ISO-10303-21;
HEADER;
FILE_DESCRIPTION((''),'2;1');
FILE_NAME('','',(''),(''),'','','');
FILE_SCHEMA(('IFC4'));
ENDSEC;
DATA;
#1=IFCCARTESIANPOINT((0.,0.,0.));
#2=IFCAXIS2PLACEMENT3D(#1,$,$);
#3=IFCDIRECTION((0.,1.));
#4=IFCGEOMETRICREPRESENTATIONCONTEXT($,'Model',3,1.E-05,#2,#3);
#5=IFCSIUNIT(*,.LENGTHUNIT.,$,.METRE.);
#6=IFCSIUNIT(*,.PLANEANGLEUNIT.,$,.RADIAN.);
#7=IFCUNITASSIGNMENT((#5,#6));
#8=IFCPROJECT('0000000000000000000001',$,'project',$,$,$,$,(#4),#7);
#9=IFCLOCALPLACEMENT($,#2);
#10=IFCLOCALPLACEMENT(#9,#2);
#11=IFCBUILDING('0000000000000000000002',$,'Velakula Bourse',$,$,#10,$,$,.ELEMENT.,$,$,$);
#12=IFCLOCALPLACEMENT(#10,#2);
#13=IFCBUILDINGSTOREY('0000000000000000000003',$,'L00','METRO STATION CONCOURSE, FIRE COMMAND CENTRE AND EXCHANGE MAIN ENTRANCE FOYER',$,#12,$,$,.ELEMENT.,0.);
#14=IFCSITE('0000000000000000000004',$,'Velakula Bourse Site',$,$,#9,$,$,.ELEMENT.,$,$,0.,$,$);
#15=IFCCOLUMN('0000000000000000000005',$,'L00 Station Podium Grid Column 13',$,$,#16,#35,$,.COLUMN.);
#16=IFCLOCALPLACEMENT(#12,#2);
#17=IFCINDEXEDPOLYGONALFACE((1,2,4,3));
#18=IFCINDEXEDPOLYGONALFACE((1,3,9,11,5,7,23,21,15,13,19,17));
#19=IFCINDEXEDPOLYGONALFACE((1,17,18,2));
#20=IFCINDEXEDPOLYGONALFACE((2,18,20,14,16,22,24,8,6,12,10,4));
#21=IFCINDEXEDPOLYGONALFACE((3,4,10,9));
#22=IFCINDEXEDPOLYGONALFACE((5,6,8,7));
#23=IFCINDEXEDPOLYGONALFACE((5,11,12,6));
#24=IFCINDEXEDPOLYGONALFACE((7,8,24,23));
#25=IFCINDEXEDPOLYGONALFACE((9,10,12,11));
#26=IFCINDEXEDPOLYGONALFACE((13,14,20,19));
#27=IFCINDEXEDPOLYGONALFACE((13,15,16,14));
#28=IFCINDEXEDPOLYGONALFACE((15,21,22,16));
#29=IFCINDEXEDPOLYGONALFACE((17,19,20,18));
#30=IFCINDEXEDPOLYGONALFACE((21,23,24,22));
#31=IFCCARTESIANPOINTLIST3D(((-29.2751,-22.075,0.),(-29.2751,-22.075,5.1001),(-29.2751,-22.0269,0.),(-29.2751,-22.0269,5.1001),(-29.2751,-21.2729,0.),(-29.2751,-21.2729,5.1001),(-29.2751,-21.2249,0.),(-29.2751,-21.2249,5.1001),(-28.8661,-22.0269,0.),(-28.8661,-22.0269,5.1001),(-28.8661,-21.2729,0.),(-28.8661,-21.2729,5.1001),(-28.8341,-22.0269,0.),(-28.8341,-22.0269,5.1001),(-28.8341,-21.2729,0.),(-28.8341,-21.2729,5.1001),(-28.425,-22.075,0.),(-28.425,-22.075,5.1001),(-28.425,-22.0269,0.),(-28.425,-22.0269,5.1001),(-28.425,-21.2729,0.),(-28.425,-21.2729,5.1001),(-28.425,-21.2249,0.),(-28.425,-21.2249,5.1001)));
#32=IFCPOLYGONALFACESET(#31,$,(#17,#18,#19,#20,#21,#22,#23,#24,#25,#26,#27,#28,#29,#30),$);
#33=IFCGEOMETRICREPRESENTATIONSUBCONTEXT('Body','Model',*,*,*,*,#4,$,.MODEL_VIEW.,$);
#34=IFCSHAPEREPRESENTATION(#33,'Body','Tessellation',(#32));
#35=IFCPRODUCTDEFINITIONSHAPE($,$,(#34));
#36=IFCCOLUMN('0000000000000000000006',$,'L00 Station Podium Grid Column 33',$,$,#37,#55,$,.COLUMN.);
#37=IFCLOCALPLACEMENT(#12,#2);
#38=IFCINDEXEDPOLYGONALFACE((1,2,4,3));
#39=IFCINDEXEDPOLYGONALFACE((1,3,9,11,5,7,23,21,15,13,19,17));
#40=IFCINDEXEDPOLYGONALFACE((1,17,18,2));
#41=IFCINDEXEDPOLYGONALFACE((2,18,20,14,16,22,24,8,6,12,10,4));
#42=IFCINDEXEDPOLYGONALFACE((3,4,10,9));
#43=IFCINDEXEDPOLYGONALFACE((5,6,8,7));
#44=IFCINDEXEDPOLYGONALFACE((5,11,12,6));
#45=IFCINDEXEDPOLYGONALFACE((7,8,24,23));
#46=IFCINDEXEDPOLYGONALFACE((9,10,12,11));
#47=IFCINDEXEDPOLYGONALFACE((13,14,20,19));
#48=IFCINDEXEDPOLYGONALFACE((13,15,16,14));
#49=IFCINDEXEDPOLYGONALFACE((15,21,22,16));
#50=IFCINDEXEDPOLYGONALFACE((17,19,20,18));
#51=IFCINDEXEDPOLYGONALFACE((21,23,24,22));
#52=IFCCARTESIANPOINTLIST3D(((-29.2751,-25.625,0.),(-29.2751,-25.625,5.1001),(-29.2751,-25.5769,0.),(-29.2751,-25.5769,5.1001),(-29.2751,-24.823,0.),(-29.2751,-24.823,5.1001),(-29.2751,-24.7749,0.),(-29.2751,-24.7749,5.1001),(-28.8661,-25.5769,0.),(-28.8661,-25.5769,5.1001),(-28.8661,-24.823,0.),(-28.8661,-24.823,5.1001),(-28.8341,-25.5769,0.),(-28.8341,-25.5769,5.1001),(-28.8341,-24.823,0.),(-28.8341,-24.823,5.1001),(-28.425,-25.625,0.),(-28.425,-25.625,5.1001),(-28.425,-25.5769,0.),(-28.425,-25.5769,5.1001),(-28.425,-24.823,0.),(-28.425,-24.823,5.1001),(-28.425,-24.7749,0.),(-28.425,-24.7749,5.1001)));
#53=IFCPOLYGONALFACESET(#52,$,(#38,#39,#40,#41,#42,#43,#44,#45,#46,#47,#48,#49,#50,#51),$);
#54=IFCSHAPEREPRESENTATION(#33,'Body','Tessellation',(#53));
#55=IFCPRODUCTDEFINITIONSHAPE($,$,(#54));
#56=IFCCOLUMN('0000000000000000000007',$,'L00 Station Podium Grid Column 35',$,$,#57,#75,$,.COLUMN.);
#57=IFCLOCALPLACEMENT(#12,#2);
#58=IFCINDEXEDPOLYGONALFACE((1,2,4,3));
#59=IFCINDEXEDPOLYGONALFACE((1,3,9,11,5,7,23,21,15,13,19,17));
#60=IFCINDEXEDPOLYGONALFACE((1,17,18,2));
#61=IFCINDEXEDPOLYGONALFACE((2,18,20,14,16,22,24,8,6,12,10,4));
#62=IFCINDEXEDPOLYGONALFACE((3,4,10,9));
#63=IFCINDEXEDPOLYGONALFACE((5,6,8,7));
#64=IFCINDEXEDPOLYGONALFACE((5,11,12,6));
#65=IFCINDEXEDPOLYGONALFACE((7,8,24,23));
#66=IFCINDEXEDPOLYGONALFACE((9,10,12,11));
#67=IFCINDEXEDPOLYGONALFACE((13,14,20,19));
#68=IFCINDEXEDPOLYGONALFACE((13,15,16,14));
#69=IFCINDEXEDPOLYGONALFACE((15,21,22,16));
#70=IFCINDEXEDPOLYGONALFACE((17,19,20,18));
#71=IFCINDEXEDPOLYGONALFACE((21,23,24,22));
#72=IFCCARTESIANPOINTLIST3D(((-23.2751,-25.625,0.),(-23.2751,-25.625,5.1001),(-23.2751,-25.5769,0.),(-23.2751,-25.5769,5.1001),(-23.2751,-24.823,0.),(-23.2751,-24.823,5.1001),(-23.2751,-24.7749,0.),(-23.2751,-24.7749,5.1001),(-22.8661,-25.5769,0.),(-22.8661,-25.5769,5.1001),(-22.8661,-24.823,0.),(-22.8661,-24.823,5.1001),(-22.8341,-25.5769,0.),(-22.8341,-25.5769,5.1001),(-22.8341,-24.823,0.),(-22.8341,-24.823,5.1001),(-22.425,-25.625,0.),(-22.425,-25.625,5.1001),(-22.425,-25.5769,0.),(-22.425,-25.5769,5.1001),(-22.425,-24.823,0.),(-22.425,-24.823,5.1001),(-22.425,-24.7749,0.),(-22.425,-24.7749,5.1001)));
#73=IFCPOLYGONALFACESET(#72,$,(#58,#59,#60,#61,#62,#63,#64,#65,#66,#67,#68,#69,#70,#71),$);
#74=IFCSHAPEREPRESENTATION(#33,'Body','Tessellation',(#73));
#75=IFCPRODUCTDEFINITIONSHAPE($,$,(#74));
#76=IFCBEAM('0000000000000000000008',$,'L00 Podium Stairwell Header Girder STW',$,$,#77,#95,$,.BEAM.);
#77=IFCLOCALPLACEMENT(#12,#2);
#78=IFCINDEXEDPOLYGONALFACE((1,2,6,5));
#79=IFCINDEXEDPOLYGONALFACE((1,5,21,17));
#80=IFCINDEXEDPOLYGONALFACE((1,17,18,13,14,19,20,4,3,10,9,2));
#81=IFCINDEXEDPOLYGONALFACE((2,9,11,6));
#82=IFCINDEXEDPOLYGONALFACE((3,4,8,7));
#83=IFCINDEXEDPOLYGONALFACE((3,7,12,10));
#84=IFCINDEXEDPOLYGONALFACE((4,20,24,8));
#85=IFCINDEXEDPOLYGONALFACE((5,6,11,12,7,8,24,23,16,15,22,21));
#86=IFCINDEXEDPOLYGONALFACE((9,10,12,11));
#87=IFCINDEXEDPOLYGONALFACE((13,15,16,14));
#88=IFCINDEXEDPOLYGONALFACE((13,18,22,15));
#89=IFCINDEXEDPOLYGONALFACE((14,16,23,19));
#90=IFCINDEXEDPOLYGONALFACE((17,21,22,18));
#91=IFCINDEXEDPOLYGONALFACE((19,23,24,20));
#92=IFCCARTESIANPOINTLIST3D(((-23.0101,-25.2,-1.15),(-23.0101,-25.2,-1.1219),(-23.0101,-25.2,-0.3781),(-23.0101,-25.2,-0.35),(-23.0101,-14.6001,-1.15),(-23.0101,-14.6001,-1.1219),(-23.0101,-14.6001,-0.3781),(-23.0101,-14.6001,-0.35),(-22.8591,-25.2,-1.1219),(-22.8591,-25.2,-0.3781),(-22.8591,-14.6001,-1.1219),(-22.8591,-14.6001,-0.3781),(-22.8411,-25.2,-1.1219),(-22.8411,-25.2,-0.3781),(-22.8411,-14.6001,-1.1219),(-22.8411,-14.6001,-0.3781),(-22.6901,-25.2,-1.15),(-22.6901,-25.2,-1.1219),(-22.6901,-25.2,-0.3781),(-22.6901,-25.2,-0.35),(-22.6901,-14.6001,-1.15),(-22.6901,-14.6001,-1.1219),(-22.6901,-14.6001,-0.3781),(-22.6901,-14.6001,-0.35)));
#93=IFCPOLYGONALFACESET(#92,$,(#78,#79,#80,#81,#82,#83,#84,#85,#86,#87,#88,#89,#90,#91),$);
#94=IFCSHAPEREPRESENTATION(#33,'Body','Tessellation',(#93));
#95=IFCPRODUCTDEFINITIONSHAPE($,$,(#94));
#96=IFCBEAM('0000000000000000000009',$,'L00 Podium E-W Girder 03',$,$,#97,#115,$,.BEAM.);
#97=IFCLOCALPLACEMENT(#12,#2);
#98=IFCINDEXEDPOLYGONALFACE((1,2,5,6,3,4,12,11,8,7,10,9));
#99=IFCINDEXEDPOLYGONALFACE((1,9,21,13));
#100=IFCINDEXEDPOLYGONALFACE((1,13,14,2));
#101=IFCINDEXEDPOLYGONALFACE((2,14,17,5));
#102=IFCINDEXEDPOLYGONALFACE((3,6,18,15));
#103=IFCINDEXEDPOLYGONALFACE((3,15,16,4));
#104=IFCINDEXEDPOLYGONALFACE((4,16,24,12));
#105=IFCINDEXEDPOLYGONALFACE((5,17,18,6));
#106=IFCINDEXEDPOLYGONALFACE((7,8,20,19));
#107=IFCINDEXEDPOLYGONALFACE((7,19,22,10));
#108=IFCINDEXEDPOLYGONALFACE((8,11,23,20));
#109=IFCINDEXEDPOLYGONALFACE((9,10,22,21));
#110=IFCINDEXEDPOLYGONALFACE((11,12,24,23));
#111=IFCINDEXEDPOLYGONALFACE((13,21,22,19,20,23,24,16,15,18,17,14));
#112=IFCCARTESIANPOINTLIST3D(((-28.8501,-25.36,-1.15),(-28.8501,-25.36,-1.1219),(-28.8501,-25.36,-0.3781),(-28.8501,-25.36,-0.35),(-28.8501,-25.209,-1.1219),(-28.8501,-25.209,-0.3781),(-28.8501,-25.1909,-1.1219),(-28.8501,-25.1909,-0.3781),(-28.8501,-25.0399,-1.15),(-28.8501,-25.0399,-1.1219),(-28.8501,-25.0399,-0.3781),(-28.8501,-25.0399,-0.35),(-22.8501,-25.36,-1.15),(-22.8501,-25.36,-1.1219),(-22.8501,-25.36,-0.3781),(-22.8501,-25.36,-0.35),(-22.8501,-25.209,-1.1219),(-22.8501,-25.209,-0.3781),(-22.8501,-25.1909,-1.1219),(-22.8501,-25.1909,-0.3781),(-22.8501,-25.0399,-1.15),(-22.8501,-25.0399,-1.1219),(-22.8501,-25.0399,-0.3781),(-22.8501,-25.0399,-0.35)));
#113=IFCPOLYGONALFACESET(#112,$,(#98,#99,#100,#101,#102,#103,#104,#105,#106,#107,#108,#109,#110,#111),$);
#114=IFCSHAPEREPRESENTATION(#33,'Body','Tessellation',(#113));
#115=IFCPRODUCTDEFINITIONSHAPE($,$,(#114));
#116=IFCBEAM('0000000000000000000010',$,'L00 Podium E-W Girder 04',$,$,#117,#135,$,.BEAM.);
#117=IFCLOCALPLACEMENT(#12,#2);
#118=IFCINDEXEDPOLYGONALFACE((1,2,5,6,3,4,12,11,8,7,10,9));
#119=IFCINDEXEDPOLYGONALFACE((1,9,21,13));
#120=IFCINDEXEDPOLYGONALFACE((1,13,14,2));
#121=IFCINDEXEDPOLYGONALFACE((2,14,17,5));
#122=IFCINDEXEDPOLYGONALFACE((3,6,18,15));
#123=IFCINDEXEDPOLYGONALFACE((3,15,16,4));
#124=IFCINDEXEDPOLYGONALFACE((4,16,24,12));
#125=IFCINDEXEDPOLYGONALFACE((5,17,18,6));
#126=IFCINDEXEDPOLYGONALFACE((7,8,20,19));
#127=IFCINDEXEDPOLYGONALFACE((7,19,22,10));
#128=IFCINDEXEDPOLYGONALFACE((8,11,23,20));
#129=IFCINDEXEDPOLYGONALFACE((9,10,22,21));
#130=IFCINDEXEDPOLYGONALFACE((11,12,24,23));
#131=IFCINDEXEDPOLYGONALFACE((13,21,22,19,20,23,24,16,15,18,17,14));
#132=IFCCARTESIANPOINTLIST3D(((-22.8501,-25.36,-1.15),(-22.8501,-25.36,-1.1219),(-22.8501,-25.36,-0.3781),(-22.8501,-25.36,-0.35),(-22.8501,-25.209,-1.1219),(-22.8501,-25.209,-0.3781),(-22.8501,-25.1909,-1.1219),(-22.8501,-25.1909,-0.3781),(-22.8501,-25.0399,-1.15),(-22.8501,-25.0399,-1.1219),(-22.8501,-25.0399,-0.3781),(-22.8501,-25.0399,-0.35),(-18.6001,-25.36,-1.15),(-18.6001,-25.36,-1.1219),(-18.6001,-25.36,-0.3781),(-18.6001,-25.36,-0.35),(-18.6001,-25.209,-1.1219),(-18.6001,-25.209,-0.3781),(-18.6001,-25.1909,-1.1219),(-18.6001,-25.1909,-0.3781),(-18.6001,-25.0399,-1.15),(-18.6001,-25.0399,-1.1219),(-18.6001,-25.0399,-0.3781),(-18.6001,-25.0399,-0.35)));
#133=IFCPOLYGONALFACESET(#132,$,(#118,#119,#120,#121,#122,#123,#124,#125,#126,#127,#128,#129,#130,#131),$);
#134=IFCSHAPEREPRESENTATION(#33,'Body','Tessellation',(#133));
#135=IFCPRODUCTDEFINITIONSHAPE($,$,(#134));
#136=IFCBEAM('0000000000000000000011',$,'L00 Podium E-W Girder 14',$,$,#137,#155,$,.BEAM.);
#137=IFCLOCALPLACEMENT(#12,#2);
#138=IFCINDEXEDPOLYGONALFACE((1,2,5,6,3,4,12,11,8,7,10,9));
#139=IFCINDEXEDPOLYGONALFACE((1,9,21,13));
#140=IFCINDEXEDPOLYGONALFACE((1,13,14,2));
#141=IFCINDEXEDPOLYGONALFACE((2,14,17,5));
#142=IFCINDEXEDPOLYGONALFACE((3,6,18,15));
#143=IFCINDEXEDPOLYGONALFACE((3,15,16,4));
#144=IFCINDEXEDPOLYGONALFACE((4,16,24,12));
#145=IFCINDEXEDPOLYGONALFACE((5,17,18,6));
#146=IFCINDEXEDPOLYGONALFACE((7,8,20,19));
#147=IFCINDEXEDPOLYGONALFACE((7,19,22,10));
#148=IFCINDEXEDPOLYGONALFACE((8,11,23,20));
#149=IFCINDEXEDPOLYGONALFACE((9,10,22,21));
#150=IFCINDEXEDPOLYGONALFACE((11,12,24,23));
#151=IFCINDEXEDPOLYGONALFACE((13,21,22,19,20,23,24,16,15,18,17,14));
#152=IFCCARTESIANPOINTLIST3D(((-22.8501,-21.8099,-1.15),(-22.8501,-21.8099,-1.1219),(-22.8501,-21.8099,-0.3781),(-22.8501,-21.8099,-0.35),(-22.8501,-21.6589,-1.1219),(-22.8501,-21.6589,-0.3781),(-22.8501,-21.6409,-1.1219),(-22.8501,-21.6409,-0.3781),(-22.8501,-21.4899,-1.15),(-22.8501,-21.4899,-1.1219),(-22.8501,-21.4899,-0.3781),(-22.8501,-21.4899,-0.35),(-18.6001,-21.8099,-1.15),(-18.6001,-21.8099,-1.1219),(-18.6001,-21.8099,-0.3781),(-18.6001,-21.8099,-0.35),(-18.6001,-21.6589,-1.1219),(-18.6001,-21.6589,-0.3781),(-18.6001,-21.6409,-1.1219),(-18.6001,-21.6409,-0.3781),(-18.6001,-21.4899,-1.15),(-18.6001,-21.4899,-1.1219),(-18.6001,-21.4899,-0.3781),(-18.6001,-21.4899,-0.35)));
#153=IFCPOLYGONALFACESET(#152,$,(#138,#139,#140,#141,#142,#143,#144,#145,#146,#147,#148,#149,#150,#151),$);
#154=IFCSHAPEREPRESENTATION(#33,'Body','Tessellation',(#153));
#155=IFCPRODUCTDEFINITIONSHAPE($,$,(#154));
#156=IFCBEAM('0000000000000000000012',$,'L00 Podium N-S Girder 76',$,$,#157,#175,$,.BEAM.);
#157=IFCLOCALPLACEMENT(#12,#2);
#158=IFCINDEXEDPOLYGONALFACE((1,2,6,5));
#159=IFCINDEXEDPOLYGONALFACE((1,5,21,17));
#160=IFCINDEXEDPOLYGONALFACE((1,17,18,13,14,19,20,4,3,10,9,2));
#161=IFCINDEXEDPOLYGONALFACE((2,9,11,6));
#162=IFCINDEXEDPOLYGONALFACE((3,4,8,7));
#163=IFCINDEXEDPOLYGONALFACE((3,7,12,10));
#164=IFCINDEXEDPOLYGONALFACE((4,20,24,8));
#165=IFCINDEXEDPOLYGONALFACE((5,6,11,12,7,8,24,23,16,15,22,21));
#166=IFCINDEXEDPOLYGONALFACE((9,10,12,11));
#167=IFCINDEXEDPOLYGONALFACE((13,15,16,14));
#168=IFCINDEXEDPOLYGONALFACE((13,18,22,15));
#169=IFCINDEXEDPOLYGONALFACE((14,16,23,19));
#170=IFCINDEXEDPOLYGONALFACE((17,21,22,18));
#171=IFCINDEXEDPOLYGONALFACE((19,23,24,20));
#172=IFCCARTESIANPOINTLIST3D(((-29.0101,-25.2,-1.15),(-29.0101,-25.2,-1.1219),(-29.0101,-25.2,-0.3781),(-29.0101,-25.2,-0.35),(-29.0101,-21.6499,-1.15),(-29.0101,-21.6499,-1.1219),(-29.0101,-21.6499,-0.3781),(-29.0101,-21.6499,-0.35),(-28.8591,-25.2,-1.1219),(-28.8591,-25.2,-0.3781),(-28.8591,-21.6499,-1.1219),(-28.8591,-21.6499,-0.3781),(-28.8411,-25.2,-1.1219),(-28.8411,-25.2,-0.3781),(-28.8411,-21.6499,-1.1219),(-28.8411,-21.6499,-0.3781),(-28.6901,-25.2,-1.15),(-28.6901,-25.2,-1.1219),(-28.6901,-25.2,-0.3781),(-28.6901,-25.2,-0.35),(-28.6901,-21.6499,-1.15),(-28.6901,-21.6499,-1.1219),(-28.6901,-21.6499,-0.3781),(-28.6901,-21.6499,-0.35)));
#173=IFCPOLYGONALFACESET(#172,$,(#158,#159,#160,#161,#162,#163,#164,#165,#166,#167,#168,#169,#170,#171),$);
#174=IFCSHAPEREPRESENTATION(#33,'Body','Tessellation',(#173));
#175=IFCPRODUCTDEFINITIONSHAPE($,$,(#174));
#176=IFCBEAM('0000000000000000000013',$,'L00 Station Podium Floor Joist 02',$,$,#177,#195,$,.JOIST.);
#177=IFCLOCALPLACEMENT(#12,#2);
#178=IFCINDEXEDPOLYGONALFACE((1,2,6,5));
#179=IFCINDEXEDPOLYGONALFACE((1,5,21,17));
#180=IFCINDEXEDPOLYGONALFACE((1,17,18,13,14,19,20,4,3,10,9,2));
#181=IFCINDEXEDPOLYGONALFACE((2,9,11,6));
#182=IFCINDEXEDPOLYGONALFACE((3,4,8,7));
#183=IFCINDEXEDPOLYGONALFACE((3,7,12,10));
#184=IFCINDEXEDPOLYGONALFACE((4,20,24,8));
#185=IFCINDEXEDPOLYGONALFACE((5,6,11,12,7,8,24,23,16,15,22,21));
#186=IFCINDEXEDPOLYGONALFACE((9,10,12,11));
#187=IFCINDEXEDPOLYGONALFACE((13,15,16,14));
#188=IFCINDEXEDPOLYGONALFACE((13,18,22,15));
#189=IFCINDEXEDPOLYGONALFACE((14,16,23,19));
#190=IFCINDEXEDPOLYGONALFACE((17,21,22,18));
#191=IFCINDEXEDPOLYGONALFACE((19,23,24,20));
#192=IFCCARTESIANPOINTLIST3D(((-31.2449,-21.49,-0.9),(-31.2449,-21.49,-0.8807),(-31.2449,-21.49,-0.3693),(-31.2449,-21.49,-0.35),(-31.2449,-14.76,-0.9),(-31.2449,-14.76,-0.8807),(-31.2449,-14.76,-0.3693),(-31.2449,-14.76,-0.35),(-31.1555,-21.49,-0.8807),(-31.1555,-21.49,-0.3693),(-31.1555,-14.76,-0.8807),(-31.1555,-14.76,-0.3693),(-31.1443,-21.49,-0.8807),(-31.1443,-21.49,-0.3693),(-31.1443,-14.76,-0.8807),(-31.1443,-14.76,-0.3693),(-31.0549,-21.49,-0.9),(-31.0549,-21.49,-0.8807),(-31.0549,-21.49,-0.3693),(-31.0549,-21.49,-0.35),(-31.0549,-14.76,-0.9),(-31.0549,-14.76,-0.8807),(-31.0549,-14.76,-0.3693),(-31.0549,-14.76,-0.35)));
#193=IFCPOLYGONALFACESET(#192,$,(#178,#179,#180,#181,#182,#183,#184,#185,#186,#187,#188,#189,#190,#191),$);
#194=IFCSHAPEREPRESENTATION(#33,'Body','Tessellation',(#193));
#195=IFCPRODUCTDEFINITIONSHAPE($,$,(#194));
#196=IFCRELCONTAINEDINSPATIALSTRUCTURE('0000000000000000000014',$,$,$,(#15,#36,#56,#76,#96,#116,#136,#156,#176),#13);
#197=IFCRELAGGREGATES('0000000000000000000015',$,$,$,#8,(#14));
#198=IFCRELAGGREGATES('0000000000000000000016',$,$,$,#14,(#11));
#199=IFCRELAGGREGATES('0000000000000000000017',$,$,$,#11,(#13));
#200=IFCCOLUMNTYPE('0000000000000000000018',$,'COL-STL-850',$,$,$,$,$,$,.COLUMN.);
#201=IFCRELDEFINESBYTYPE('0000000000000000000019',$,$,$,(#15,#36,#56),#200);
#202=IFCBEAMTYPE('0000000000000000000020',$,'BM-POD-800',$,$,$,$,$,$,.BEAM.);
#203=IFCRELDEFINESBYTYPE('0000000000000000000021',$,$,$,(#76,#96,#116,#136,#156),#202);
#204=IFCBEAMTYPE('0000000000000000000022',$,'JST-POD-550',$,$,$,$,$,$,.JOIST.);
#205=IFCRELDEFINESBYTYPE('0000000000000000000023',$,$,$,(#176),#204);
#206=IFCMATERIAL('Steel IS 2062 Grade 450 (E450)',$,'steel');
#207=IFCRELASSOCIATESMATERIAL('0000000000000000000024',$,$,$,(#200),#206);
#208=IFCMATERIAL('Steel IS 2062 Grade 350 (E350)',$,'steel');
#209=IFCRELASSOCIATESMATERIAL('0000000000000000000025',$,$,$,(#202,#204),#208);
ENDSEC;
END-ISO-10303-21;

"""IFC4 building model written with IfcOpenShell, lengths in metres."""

from ifc_helpers import new_model, si_unit, direction, frame, origin, origin_2d, place, context, subcontext, project, spatial, i_section, extrude, material, material_profile, profile_set, type_object, element, save


model = new_model("IFC4")

# Units and contexts
model_context = context("Model", 3, precision=1e-05, world=origin(), true_north=direction((0.0, 1.0)))
body_context = subcontext(model_context, "Body", "Model", "MODEL_VIEW")
ifc_project = project(units=[si_unit("LENGTHUNIT", "METRE"), si_unit("PLANEANGLEUNIT", "RADIAN")], contexts=[model_context])

# Site, building, storey
site_placement = place(None, origin())
site = spatial("IfcSite", under=ifc_project, at=site_placement, Name="Velakula Bourse Site", CompositionType="ELEMENT", RefElevation=0.0)
building_placement = place(site_placement, origin())
building = spatial("IfcBuilding", under=site, at=building_placement, Name="Velakula Bourse", CompositionType="ELEMENT")
storey_placement = place(building_placement, origin())
storey = spatial("IfcBuildingStorey", under=building, at=storey_placement, Name="L00", Description="METRO STATION CONCOURSE, FIRE COMMAND CENTRE AND EXCHANGE MAIN ENTRANCE FOYER", CompositionType="ELEMENT", Elevation=0.0)

# Columns
ifc_material_1 = material(Name="Steel IS 2062 Grade 450 (E450)", Category="steel")
ifc_material_profile_1 = material_profile(ifc_material_1, i_section(OverallWidth=0.8501, OverallDepth=0.8501, WebThickness=0.032, FlangeThickness=0.0481, at=origin_2d()), Name="Steel IS 2062 Grade 450 (E450)")
ifc_profile_set_1 = profile_set([ifc_material_profile_1], Name="Steel IS 2062 Grade 450 (E450)")
column_type = type_object("IfcColumnType", Name="COL-STL-850", PredefinedType="COLUMN", material=ifc_profile_set_1)
for number, where, z_axis, x_axis, name in (
    (1, (-28.8501, -21.6499, 0.0), (0.0, 0.0, 1.0), (1.0, 0.0, 0.0), "L00 Station Podium Grid Column 13"),
    (2, (-28.8501, -25.2, 0.0), (0.0, 0.0, 1.0), (1.0, 0.0, 0.0), "L00 Station Podium Grid Column 33"),
    (3, (-22.8501, -25.2, 0.0), (0.0, 0.0, 1.0), (1.0, 0.0, 0.0), "L00 Station Podium Grid Column 35"),
):
    element("IfcColumn", number, at=place(storey_placement, frame(where, z_axis=z_axis, x_axis=x_axis)), inside=storey, type_object=column_type, Name=name, PredefinedType="COLUMN", context=body_context, shape_type="SweptSolid", body=[
        extrude(i_section(OverallWidth=0.8501, OverallDepth=0.8501, WebThickness=0.032, FlangeThickness=0.0481, at=origin_2d()), origin(), (0.0, 0.0, 1.0), 5.1001),
    ])

# Beams
ifc_material_2 = material(Name="Steel IS 2062 Grade 350 (E350)", Category="steel")
ifc_material_profile_2 = material_profile(ifc_material_2, i_section(OverallWidth=0.3201, OverallDepth=0.8, WebThickness=0.0181, FlangeThickness=0.0281, at=origin_2d()), Name="Steel IS 2062 Grade 350 (E350)")
ifc_profile_set_2 = profile_set([ifc_material_profile_2], Name="Steel IS 2062 Grade 350 (E350)")
beam_type_1 = type_object("IfcBeamType", Name="BM-POD-800", PredefinedType="BEAM", material=ifc_profile_set_2)
beam_1_placement = place(storey_placement, frame((-22.8501, -25.2, -0.75), z_axis=(0.0, 1.0, 0.0), x_axis=(-1.0, 0.0, 0.0)))
element("IfcBeam", 4, at=beam_1_placement, inside=storey, type_object=beam_type_1, Name="L00 Podium Stairwell Header Girder STW", PredefinedType="BEAM", context=body_context, shape_type="SweptSolid", body=[
    extrude(i_section(OverallWidth=0.3201, OverallDepth=0.8, WebThickness=0.0181, FlangeThickness=0.0281, at=origin_2d()), origin(), (0.0, 0.0, 1.0), 10.5999),
])
beam_2_placement = place(storey_placement, frame((-28.8501, -25.2, -0.75), z_axis=(1.0, 0.0, 0.0), x_axis=(0.0, 1.0, 0.0)))
element("IfcBeam", 5, at=beam_2_placement, inside=storey, type_object=beam_type_1, Name="L00 Podium E-W Girder 03", PredefinedType="BEAM", context=body_context, shape_type="SweptSolid", body=[
    extrude(i_section(OverallWidth=0.3201, OverallDepth=0.8, WebThickness=0.0181, FlangeThickness=0.0281, at=origin_2d()), origin(), (0.0, 0.0, 1.0), 6.0),
])
for number, where, z_axis, x_axis, name in (
    (6, (-22.8501, -25.2, -0.75), (1.0, 0.0, 0.0), (0.0, 1.0, 0.0), "L00 Podium E-W Girder 04"),
    (7, (-22.8501, -21.6499, -0.75), (1.0, 0.0, 0.0), (0.0, 1.0, 0.0), "L00 Podium E-W Girder 14"),
):
    element("IfcBeam", number, at=place(storey_placement, frame(where, z_axis=z_axis, x_axis=x_axis)), inside=storey, type_object=beam_type_1, Name=name, PredefinedType="BEAM", context=body_context, shape_type="SweptSolid", body=[
        extrude(i_section(OverallWidth=0.3201, OverallDepth=0.8, WebThickness=0.0181, FlangeThickness=0.0281, at=origin_2d()), origin(), (0.0, 0.0, 1.0), 4.25),
    ])
beam_3_placement = place(storey_placement, frame((-28.8501, -25.2, -0.75), z_axis=(0.0, 1.0, 0.0), x_axis=(-1.0, 0.0, 0.0)))
element("IfcBeam", 8, at=beam_3_placement, inside=storey, type_object=beam_type_1, Name="L00 Podium N-S Girder 76", PredefinedType="BEAM", context=body_context, shape_type="SweptSolid", body=[
    extrude(i_section(OverallWidth=0.3201, OverallDepth=0.8, WebThickness=0.0181, FlangeThickness=0.0281, at=origin_2d()), origin(), (0.0, 0.0, 1.0), 3.55),
])
ifc_material_profile_3 = material_profile(ifc_material_2, i_section(OverallWidth=0.1899, OverallDepth=0.55, WebThickness=0.0112, FlangeThickness=0.0193, at=origin_2d()), Name="Steel IS 2062 Grade 350 (E350)")
ifc_profile_set_3 = profile_set([ifc_material_profile_3], Name="Steel IS 2062 Grade 350 (E350)")
beam_type_2 = type_object("IfcBeamType", Name="JST-POD-550", PredefinedType="JOIST", material=ifc_profile_set_3)
beam_4_placement = place(storey_placement, frame((-31.1499, -21.49, -0.625), z_axis=(0.0, 1.0, 0.0), x_axis=(-1.0, 0.0, 0.0)))
element("IfcBeam", 9, at=beam_4_placement, inside=storey, type_object=beam_type_2, Name="L00 Station Podium Floor Joist 02", PredefinedType="JOIST", context=body_context, shape_type="SweptSolid", body=[
    extrude(i_section(OverallWidth=0.1899, OverallDepth=0.55, WebThickness=0.0112, FlangeThickness=0.0193, at=origin_2d()), origin(), (0.0, 0.0, 1.0), 6.73),
])

save(model, "model.ifc")
